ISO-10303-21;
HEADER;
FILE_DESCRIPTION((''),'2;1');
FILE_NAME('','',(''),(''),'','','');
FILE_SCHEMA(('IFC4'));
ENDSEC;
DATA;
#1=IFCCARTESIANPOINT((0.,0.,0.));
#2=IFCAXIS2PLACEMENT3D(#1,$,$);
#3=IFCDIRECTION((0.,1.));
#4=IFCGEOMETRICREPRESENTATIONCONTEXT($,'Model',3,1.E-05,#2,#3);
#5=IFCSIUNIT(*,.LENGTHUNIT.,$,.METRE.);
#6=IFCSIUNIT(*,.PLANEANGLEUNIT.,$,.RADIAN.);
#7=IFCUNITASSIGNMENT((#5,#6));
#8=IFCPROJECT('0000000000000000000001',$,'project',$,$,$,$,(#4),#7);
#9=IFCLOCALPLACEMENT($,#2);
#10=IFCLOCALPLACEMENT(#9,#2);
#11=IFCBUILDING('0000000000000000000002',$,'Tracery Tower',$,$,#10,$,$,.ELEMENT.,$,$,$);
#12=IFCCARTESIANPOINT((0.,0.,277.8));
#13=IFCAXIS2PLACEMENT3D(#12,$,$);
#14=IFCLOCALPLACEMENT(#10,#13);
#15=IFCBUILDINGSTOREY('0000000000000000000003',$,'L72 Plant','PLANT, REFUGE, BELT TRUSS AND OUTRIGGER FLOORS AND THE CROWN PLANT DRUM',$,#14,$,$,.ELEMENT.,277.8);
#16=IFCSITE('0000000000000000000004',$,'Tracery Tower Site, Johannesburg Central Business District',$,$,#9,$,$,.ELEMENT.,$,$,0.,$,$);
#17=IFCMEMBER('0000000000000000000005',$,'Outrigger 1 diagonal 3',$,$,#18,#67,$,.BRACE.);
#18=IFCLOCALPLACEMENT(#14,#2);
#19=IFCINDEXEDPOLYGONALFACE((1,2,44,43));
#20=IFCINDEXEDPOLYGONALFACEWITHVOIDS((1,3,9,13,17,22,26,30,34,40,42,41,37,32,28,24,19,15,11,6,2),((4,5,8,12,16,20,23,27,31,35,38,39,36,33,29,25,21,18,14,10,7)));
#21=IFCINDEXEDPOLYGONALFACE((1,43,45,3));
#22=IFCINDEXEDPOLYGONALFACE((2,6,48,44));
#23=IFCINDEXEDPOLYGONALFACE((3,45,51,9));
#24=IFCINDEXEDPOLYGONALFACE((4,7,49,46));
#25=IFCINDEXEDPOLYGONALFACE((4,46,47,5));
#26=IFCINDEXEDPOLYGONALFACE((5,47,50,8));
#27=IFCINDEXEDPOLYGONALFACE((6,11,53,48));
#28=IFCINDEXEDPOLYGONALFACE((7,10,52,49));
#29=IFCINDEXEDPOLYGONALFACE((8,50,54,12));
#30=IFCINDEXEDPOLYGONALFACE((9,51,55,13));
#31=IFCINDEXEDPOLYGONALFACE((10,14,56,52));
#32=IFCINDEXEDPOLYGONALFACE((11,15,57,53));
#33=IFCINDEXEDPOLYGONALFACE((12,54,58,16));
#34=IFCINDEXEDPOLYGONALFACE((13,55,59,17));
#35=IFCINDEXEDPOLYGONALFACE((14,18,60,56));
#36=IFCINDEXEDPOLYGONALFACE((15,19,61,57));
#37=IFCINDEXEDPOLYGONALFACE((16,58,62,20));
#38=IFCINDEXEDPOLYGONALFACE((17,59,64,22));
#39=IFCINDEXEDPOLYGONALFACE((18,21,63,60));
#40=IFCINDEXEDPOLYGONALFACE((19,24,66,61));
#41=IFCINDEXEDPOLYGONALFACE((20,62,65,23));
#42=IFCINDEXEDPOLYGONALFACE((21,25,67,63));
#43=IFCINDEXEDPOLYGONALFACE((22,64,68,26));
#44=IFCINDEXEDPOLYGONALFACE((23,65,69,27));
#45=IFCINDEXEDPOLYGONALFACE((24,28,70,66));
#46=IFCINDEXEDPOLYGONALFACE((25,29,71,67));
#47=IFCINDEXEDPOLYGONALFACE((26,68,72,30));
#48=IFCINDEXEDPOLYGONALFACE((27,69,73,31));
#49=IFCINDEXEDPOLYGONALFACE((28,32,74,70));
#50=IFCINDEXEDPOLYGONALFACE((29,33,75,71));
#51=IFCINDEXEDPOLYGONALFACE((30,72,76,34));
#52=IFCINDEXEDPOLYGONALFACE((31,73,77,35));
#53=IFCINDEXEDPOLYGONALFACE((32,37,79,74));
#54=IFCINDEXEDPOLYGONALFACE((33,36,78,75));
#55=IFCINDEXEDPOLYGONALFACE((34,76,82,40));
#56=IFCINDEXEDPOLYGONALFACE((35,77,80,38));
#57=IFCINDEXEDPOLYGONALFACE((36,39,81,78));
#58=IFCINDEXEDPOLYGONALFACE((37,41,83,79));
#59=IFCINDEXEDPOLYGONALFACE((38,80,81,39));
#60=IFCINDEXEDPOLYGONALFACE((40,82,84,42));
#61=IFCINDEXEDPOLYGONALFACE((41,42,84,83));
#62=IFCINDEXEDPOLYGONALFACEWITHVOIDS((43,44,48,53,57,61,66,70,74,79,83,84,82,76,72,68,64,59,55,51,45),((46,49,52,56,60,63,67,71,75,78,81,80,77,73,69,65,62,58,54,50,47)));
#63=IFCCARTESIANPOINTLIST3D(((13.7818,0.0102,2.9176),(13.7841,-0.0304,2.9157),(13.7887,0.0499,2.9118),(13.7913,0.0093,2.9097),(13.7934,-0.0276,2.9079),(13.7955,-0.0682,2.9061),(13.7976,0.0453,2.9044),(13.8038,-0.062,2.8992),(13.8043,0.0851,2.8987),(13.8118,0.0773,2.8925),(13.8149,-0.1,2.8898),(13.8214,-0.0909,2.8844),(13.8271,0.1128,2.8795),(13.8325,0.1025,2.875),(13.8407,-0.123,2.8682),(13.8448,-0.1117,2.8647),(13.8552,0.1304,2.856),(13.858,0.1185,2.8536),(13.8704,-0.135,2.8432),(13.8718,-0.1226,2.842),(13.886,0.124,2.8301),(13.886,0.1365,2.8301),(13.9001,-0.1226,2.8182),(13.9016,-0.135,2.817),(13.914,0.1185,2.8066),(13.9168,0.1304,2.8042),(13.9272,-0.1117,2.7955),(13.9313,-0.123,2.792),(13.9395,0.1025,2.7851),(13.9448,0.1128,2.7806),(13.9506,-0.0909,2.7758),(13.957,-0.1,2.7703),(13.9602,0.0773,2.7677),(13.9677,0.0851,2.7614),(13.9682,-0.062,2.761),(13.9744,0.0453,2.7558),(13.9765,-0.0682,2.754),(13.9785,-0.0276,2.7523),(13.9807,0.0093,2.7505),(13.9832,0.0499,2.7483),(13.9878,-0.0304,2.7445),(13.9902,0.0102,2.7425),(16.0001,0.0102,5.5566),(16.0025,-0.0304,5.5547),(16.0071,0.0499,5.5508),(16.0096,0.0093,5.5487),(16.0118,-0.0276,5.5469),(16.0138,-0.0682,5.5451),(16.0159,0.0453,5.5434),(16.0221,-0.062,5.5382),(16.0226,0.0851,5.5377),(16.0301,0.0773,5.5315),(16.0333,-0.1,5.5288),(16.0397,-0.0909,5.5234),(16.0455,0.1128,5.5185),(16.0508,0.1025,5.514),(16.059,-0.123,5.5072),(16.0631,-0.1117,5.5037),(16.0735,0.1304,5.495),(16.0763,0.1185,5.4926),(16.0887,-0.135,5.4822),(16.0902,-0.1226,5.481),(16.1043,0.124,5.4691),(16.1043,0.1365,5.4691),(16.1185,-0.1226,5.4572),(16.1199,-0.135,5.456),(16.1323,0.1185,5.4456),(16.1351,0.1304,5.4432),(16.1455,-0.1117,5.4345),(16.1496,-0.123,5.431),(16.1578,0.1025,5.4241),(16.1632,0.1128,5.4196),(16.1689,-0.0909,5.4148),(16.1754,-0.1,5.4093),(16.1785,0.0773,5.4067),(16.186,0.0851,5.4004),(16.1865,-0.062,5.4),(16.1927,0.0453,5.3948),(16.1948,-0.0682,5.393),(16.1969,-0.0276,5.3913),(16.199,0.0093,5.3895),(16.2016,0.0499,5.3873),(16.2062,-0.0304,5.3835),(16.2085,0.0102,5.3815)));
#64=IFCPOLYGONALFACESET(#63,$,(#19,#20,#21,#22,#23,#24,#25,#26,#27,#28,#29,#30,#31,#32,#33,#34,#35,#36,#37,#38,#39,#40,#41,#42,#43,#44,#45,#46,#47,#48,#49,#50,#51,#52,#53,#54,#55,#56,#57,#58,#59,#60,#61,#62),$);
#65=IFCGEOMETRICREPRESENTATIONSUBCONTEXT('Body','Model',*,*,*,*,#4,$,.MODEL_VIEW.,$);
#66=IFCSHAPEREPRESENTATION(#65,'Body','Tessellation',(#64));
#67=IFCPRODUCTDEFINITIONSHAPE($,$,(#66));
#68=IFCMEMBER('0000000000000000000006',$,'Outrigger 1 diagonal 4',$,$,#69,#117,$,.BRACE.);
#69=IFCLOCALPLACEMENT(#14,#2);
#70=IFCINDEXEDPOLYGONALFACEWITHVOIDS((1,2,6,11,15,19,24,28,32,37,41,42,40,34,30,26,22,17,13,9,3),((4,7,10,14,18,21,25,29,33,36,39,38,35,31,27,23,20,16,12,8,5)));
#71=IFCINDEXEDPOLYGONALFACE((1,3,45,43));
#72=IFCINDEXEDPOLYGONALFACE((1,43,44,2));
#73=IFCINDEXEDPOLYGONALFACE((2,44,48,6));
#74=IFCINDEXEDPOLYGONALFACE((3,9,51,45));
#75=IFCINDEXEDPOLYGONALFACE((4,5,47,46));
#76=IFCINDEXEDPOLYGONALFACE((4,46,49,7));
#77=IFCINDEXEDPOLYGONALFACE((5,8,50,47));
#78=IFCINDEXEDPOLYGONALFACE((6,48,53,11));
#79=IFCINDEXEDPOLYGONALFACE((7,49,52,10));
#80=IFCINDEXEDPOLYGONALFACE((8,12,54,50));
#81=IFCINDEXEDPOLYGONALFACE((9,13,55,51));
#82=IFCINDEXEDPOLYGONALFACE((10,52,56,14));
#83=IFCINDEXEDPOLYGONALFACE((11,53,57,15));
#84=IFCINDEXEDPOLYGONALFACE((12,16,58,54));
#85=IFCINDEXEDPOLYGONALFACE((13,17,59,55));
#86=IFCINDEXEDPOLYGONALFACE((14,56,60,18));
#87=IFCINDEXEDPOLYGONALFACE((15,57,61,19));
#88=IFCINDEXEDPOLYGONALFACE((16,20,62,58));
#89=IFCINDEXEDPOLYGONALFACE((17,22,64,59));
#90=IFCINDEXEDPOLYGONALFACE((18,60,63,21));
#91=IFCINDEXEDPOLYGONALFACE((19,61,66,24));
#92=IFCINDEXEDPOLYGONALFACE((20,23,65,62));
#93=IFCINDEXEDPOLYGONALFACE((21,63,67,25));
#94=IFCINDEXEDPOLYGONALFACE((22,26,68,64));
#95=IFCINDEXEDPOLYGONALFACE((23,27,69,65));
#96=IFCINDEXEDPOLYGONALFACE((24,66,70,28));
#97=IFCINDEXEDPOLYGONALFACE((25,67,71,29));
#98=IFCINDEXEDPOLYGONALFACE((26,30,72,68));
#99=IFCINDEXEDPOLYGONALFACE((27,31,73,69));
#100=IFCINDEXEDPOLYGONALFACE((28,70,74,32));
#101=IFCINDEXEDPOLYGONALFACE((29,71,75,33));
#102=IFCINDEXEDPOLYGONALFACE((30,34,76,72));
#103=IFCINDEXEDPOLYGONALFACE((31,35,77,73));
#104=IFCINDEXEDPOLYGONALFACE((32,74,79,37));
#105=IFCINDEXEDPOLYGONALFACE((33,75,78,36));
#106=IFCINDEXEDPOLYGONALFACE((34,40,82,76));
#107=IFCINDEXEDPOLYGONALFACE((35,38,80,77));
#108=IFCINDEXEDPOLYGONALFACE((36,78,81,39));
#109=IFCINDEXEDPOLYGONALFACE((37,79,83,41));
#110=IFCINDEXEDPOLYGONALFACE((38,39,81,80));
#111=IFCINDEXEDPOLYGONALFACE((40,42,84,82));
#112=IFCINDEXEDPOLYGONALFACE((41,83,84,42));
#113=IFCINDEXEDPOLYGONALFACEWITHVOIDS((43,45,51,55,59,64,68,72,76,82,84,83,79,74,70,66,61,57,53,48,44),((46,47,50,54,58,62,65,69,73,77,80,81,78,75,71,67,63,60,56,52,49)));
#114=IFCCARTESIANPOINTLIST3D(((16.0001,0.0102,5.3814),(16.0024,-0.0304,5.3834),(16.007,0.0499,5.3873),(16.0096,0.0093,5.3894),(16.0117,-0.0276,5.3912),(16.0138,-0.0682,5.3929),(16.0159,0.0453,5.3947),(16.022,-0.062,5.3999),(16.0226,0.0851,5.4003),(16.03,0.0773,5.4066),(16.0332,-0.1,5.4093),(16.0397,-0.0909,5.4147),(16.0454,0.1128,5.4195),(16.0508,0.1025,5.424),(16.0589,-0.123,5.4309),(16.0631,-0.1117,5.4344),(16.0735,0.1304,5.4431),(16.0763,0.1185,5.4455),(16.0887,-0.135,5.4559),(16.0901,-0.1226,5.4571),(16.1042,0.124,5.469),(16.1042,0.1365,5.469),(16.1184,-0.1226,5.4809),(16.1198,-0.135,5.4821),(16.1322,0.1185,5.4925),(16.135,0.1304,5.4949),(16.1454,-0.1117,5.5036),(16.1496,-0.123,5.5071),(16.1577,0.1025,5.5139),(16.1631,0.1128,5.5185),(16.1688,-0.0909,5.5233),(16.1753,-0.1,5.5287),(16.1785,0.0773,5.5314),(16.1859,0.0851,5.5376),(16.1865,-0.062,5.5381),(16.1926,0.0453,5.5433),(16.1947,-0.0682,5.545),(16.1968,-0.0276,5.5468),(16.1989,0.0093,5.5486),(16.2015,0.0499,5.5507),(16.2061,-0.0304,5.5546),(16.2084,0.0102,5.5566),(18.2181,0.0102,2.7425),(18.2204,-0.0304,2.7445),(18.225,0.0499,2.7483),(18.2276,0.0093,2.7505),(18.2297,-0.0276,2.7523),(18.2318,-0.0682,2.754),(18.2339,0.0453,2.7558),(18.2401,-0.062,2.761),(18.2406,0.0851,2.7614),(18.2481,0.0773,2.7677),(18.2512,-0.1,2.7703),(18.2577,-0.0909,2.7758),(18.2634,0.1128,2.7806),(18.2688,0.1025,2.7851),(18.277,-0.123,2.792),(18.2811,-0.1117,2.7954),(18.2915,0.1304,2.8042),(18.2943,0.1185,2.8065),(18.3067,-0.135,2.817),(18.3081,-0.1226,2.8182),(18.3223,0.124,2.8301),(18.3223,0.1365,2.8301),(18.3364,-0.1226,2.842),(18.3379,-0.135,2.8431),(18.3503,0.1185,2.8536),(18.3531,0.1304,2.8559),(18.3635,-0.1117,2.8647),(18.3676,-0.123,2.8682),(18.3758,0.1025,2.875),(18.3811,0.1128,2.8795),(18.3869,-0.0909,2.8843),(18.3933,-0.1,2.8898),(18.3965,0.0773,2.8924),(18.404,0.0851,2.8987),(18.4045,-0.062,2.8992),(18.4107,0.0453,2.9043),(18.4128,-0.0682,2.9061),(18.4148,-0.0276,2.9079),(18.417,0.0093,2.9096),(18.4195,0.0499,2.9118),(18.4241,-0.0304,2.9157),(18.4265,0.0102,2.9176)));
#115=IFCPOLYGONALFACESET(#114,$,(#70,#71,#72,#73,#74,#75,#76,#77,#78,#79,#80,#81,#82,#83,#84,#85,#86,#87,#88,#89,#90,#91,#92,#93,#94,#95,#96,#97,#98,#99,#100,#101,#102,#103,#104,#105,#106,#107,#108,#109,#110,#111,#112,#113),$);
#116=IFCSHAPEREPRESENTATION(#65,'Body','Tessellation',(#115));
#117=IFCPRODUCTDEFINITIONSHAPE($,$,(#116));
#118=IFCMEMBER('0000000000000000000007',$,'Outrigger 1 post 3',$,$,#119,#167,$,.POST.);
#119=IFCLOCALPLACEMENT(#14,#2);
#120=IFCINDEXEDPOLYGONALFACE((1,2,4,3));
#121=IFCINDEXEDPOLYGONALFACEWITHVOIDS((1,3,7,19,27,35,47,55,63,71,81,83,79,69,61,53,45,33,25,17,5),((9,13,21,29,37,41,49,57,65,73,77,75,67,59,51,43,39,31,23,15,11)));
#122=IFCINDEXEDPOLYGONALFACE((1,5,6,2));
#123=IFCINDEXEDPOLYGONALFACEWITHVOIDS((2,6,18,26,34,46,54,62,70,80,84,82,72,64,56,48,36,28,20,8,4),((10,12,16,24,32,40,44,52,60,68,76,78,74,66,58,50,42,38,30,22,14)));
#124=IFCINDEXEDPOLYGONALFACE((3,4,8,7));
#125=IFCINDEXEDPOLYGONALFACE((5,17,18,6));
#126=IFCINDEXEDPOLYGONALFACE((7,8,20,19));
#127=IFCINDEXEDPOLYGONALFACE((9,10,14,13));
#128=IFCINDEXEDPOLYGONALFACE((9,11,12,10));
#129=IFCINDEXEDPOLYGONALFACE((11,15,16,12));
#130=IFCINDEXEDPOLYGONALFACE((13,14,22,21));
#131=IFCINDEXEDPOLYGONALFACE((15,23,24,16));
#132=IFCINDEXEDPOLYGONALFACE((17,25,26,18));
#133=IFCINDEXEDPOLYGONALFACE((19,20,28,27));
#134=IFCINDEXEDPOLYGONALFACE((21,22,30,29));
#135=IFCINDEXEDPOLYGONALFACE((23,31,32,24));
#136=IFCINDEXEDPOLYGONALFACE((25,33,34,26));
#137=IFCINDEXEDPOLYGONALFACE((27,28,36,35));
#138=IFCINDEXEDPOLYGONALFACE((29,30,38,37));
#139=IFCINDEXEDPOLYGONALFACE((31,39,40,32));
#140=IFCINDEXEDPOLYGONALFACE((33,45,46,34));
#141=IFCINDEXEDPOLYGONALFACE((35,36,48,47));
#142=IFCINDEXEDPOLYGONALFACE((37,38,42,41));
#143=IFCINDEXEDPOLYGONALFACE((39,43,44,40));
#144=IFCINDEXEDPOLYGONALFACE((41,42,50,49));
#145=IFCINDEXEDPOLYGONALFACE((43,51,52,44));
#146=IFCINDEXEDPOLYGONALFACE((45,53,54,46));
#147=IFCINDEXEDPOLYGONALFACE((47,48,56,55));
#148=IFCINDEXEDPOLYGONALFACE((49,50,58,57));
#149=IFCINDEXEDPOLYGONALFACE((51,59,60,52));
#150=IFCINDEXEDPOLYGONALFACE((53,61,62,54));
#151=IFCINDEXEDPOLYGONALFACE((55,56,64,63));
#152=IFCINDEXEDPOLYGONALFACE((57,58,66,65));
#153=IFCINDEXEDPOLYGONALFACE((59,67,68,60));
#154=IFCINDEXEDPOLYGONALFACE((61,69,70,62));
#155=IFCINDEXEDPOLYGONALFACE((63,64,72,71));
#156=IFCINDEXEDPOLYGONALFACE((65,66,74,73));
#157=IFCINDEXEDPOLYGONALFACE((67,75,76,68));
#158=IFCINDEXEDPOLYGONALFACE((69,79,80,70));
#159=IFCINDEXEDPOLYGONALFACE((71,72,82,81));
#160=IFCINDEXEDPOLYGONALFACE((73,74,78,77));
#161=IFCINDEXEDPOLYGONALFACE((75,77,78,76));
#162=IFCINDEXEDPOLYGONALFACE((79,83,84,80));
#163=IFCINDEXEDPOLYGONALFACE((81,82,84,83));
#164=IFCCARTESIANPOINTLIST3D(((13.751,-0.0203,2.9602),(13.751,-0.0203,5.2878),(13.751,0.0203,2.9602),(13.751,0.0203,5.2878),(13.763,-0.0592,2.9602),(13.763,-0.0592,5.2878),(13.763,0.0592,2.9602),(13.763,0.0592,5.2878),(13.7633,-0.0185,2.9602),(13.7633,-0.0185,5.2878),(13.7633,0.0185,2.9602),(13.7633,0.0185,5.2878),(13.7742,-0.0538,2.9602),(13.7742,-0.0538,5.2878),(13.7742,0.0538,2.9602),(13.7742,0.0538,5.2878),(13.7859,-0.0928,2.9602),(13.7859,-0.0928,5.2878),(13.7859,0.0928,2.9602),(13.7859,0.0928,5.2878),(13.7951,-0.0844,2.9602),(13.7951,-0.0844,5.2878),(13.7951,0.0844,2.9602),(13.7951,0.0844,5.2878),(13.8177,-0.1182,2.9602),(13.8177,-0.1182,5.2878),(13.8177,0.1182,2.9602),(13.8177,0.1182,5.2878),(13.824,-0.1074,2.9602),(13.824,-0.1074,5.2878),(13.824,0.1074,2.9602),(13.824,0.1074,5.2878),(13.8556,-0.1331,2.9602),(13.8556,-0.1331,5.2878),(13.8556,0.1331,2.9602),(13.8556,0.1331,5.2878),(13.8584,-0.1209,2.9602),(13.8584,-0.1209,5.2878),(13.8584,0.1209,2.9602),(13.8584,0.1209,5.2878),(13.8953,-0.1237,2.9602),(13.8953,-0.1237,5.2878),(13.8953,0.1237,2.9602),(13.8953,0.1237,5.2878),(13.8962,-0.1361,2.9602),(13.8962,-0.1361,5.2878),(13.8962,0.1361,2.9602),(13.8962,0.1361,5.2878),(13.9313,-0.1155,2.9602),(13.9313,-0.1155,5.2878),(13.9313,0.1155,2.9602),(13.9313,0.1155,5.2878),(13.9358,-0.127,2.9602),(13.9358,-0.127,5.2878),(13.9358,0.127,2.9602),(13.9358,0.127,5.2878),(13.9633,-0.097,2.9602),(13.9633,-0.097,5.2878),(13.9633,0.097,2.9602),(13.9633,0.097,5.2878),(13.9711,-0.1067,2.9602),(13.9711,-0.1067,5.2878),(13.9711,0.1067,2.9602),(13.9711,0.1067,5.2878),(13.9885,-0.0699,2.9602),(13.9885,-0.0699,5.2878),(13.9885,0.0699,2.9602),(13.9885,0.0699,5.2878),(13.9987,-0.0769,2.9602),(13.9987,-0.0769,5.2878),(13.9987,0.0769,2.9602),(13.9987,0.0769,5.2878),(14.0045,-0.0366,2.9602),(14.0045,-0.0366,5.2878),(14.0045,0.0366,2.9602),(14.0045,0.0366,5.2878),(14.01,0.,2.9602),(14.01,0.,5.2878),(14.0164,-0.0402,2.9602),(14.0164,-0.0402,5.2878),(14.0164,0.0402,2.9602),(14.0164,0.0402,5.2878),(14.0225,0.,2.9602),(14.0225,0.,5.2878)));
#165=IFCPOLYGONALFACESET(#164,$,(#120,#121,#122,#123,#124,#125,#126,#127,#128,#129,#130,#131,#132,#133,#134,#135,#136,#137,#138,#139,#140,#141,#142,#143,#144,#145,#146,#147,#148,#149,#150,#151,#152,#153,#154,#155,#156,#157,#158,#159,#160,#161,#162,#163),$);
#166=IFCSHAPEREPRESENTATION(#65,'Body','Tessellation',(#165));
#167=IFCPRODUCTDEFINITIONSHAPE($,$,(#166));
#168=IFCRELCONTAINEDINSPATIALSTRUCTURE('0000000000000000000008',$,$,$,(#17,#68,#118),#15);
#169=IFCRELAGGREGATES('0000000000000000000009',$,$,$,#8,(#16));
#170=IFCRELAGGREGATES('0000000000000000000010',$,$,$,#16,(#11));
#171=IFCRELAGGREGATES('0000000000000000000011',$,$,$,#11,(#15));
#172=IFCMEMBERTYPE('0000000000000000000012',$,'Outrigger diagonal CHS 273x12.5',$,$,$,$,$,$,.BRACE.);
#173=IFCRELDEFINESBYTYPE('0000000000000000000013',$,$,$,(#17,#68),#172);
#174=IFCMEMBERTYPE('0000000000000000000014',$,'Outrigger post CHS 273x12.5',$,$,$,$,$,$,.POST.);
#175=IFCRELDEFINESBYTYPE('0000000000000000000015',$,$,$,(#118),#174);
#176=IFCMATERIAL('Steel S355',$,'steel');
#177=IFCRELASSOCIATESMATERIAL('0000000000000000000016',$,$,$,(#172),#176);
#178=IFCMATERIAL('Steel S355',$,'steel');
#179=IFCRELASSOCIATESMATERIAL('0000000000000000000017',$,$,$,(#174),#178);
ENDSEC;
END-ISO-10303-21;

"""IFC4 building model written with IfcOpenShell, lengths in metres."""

from ifc_helpers import new_model, si_unit, direction, frame, origin, origin_2d, place, context, subcontext, project, spatial, hollow_circle, extrude, material, material_profile, profile_set, type_object, element, save


model = new_model("IFC4")

# Units and contexts
model_context = context("Model", 3, precision=1e-05, world=origin(), true_north=direction((0.0, 1.0)))
body_context = subcontext(model_context, "Body", "Model", "MODEL_VIEW")
ifc_project = project(units=[si_unit("LENGTHUNIT", "METRE"), si_unit("PLANEANGLEUNIT", "RADIAN")], contexts=[model_context])

# Site, building, storey
site_placement = place(None, origin())
site = spatial("IfcSite", under=ifc_project, at=site_placement, Name="Tracery Tower Site, Johannesburg Central Business District", CompositionType="ELEMENT", RefElevation=0.0)
building_placement = place(site_placement, origin())
building = spatial("IfcBuilding", under=site, at=building_placement, Name="Tracery Tower", CompositionType="ELEMENT")
storey_placement = place(building_placement, frame((0.0, 0.0, 277.8)))
storey = spatial("IfcBuildingStorey", under=building, at=storey_placement, Name="L72 Plant", Description="PLANT, REFUGE, BELT TRUSS AND OUTRIGGER FLOORS AND THE CROWN PLANT DRUM", CompositionType="ELEMENT", Elevation=277.8)

# Members
ifc_material_1 = material(Name="Steel S355", Category="steel")
ifc_material_profile_1 = material_profile(ifc_material_1, hollow_circle(Radius=0.1365, WallThickness=0.0125, at=origin_2d()), Name="CHS 273x12.5")
ifc_profile_set_1 = profile_set([ifc_material_profile_1], Name="Steel S355")
member_type_1 = type_object("IfcMemberType", Name="Outrigger diagonal CHS 273x12.5", PredefinedType="BRACE", material=ifc_profile_set_1)
member_1_placement = place(storey_placement, frame((13.886, 0.0, 2.8301), z_axis=(0.643459, 0.0, 0.76548), x_axis=(0.0, 1.0, 0.0)))
element("IfcMember", 1, at=member_1_placement, inside=storey, type_object=member_type_1, Name="Outrigger 1 diagonal 3", PredefinedType="BRACE", context=body_context, shape_type="SweptSolid", body=[
    extrude(hollow_circle(Radius=0.1365, WallThickness=0.0125, at=origin_2d()), origin(), (0.0, 0.0, 1.0), 3.4475),
])
member_2_placement = place(storey_placement, frame((16.1042, 0.0, 5.469), z_axis=(0.643418, 0.0, -0.765515), x_axis=(0.0, 1.0, 0.0)))
element("IfcMember", 2, at=member_2_placement, inside=storey, type_object=member_type_1, Name="Outrigger 1 diagonal 4", PredefinedType="BRACE", context=body_context, shape_type="SweptSolid", body=[
    extrude(hollow_circle(Radius=0.1365, WallThickness=0.0125, at=origin_2d()), origin(), (0.0, 0.0, 1.0), 3.4473),
])
ifc_material_2 = material(Name="Steel S355", Category="steel")
ifc_material_profile_2 = material_profile(ifc_material_2, hollow_circle(Radius=0.1365, WallThickness=0.0125, at=origin_2d()), Name="CHS 273x12.5")
ifc_profile_set_2 = profile_set([ifc_material_profile_2], Name="Steel S355")
member_type_2 = type_object("IfcMemberType", Name="Outrigger post CHS 273x12.5", PredefinedType="POST", material=ifc_profile_set_2)
for number, where, z_axis, x_axis, name in (
    (3, (13.886, 0.0, 2.9602), (0.0, 0.0, 1.0), (1.0, 0.0, 0.0), "Outrigger 1 post 3"),
):
    element("IfcMember", number, at=place(storey_placement, frame(where, z_axis=z_axis, x_axis=x_axis)), inside=storey, type_object=member_type_2, Name=name, PredefinedType="POST", context=body_context, shape_type="SweptSolid", body=[
        extrude(hollow_circle(Radius=0.1365, WallThickness=0.0125, at=origin_2d()), origin(), (0.0, 0.0, 1.0), 2.3276),
    ])

save(model, "model.ifc")
